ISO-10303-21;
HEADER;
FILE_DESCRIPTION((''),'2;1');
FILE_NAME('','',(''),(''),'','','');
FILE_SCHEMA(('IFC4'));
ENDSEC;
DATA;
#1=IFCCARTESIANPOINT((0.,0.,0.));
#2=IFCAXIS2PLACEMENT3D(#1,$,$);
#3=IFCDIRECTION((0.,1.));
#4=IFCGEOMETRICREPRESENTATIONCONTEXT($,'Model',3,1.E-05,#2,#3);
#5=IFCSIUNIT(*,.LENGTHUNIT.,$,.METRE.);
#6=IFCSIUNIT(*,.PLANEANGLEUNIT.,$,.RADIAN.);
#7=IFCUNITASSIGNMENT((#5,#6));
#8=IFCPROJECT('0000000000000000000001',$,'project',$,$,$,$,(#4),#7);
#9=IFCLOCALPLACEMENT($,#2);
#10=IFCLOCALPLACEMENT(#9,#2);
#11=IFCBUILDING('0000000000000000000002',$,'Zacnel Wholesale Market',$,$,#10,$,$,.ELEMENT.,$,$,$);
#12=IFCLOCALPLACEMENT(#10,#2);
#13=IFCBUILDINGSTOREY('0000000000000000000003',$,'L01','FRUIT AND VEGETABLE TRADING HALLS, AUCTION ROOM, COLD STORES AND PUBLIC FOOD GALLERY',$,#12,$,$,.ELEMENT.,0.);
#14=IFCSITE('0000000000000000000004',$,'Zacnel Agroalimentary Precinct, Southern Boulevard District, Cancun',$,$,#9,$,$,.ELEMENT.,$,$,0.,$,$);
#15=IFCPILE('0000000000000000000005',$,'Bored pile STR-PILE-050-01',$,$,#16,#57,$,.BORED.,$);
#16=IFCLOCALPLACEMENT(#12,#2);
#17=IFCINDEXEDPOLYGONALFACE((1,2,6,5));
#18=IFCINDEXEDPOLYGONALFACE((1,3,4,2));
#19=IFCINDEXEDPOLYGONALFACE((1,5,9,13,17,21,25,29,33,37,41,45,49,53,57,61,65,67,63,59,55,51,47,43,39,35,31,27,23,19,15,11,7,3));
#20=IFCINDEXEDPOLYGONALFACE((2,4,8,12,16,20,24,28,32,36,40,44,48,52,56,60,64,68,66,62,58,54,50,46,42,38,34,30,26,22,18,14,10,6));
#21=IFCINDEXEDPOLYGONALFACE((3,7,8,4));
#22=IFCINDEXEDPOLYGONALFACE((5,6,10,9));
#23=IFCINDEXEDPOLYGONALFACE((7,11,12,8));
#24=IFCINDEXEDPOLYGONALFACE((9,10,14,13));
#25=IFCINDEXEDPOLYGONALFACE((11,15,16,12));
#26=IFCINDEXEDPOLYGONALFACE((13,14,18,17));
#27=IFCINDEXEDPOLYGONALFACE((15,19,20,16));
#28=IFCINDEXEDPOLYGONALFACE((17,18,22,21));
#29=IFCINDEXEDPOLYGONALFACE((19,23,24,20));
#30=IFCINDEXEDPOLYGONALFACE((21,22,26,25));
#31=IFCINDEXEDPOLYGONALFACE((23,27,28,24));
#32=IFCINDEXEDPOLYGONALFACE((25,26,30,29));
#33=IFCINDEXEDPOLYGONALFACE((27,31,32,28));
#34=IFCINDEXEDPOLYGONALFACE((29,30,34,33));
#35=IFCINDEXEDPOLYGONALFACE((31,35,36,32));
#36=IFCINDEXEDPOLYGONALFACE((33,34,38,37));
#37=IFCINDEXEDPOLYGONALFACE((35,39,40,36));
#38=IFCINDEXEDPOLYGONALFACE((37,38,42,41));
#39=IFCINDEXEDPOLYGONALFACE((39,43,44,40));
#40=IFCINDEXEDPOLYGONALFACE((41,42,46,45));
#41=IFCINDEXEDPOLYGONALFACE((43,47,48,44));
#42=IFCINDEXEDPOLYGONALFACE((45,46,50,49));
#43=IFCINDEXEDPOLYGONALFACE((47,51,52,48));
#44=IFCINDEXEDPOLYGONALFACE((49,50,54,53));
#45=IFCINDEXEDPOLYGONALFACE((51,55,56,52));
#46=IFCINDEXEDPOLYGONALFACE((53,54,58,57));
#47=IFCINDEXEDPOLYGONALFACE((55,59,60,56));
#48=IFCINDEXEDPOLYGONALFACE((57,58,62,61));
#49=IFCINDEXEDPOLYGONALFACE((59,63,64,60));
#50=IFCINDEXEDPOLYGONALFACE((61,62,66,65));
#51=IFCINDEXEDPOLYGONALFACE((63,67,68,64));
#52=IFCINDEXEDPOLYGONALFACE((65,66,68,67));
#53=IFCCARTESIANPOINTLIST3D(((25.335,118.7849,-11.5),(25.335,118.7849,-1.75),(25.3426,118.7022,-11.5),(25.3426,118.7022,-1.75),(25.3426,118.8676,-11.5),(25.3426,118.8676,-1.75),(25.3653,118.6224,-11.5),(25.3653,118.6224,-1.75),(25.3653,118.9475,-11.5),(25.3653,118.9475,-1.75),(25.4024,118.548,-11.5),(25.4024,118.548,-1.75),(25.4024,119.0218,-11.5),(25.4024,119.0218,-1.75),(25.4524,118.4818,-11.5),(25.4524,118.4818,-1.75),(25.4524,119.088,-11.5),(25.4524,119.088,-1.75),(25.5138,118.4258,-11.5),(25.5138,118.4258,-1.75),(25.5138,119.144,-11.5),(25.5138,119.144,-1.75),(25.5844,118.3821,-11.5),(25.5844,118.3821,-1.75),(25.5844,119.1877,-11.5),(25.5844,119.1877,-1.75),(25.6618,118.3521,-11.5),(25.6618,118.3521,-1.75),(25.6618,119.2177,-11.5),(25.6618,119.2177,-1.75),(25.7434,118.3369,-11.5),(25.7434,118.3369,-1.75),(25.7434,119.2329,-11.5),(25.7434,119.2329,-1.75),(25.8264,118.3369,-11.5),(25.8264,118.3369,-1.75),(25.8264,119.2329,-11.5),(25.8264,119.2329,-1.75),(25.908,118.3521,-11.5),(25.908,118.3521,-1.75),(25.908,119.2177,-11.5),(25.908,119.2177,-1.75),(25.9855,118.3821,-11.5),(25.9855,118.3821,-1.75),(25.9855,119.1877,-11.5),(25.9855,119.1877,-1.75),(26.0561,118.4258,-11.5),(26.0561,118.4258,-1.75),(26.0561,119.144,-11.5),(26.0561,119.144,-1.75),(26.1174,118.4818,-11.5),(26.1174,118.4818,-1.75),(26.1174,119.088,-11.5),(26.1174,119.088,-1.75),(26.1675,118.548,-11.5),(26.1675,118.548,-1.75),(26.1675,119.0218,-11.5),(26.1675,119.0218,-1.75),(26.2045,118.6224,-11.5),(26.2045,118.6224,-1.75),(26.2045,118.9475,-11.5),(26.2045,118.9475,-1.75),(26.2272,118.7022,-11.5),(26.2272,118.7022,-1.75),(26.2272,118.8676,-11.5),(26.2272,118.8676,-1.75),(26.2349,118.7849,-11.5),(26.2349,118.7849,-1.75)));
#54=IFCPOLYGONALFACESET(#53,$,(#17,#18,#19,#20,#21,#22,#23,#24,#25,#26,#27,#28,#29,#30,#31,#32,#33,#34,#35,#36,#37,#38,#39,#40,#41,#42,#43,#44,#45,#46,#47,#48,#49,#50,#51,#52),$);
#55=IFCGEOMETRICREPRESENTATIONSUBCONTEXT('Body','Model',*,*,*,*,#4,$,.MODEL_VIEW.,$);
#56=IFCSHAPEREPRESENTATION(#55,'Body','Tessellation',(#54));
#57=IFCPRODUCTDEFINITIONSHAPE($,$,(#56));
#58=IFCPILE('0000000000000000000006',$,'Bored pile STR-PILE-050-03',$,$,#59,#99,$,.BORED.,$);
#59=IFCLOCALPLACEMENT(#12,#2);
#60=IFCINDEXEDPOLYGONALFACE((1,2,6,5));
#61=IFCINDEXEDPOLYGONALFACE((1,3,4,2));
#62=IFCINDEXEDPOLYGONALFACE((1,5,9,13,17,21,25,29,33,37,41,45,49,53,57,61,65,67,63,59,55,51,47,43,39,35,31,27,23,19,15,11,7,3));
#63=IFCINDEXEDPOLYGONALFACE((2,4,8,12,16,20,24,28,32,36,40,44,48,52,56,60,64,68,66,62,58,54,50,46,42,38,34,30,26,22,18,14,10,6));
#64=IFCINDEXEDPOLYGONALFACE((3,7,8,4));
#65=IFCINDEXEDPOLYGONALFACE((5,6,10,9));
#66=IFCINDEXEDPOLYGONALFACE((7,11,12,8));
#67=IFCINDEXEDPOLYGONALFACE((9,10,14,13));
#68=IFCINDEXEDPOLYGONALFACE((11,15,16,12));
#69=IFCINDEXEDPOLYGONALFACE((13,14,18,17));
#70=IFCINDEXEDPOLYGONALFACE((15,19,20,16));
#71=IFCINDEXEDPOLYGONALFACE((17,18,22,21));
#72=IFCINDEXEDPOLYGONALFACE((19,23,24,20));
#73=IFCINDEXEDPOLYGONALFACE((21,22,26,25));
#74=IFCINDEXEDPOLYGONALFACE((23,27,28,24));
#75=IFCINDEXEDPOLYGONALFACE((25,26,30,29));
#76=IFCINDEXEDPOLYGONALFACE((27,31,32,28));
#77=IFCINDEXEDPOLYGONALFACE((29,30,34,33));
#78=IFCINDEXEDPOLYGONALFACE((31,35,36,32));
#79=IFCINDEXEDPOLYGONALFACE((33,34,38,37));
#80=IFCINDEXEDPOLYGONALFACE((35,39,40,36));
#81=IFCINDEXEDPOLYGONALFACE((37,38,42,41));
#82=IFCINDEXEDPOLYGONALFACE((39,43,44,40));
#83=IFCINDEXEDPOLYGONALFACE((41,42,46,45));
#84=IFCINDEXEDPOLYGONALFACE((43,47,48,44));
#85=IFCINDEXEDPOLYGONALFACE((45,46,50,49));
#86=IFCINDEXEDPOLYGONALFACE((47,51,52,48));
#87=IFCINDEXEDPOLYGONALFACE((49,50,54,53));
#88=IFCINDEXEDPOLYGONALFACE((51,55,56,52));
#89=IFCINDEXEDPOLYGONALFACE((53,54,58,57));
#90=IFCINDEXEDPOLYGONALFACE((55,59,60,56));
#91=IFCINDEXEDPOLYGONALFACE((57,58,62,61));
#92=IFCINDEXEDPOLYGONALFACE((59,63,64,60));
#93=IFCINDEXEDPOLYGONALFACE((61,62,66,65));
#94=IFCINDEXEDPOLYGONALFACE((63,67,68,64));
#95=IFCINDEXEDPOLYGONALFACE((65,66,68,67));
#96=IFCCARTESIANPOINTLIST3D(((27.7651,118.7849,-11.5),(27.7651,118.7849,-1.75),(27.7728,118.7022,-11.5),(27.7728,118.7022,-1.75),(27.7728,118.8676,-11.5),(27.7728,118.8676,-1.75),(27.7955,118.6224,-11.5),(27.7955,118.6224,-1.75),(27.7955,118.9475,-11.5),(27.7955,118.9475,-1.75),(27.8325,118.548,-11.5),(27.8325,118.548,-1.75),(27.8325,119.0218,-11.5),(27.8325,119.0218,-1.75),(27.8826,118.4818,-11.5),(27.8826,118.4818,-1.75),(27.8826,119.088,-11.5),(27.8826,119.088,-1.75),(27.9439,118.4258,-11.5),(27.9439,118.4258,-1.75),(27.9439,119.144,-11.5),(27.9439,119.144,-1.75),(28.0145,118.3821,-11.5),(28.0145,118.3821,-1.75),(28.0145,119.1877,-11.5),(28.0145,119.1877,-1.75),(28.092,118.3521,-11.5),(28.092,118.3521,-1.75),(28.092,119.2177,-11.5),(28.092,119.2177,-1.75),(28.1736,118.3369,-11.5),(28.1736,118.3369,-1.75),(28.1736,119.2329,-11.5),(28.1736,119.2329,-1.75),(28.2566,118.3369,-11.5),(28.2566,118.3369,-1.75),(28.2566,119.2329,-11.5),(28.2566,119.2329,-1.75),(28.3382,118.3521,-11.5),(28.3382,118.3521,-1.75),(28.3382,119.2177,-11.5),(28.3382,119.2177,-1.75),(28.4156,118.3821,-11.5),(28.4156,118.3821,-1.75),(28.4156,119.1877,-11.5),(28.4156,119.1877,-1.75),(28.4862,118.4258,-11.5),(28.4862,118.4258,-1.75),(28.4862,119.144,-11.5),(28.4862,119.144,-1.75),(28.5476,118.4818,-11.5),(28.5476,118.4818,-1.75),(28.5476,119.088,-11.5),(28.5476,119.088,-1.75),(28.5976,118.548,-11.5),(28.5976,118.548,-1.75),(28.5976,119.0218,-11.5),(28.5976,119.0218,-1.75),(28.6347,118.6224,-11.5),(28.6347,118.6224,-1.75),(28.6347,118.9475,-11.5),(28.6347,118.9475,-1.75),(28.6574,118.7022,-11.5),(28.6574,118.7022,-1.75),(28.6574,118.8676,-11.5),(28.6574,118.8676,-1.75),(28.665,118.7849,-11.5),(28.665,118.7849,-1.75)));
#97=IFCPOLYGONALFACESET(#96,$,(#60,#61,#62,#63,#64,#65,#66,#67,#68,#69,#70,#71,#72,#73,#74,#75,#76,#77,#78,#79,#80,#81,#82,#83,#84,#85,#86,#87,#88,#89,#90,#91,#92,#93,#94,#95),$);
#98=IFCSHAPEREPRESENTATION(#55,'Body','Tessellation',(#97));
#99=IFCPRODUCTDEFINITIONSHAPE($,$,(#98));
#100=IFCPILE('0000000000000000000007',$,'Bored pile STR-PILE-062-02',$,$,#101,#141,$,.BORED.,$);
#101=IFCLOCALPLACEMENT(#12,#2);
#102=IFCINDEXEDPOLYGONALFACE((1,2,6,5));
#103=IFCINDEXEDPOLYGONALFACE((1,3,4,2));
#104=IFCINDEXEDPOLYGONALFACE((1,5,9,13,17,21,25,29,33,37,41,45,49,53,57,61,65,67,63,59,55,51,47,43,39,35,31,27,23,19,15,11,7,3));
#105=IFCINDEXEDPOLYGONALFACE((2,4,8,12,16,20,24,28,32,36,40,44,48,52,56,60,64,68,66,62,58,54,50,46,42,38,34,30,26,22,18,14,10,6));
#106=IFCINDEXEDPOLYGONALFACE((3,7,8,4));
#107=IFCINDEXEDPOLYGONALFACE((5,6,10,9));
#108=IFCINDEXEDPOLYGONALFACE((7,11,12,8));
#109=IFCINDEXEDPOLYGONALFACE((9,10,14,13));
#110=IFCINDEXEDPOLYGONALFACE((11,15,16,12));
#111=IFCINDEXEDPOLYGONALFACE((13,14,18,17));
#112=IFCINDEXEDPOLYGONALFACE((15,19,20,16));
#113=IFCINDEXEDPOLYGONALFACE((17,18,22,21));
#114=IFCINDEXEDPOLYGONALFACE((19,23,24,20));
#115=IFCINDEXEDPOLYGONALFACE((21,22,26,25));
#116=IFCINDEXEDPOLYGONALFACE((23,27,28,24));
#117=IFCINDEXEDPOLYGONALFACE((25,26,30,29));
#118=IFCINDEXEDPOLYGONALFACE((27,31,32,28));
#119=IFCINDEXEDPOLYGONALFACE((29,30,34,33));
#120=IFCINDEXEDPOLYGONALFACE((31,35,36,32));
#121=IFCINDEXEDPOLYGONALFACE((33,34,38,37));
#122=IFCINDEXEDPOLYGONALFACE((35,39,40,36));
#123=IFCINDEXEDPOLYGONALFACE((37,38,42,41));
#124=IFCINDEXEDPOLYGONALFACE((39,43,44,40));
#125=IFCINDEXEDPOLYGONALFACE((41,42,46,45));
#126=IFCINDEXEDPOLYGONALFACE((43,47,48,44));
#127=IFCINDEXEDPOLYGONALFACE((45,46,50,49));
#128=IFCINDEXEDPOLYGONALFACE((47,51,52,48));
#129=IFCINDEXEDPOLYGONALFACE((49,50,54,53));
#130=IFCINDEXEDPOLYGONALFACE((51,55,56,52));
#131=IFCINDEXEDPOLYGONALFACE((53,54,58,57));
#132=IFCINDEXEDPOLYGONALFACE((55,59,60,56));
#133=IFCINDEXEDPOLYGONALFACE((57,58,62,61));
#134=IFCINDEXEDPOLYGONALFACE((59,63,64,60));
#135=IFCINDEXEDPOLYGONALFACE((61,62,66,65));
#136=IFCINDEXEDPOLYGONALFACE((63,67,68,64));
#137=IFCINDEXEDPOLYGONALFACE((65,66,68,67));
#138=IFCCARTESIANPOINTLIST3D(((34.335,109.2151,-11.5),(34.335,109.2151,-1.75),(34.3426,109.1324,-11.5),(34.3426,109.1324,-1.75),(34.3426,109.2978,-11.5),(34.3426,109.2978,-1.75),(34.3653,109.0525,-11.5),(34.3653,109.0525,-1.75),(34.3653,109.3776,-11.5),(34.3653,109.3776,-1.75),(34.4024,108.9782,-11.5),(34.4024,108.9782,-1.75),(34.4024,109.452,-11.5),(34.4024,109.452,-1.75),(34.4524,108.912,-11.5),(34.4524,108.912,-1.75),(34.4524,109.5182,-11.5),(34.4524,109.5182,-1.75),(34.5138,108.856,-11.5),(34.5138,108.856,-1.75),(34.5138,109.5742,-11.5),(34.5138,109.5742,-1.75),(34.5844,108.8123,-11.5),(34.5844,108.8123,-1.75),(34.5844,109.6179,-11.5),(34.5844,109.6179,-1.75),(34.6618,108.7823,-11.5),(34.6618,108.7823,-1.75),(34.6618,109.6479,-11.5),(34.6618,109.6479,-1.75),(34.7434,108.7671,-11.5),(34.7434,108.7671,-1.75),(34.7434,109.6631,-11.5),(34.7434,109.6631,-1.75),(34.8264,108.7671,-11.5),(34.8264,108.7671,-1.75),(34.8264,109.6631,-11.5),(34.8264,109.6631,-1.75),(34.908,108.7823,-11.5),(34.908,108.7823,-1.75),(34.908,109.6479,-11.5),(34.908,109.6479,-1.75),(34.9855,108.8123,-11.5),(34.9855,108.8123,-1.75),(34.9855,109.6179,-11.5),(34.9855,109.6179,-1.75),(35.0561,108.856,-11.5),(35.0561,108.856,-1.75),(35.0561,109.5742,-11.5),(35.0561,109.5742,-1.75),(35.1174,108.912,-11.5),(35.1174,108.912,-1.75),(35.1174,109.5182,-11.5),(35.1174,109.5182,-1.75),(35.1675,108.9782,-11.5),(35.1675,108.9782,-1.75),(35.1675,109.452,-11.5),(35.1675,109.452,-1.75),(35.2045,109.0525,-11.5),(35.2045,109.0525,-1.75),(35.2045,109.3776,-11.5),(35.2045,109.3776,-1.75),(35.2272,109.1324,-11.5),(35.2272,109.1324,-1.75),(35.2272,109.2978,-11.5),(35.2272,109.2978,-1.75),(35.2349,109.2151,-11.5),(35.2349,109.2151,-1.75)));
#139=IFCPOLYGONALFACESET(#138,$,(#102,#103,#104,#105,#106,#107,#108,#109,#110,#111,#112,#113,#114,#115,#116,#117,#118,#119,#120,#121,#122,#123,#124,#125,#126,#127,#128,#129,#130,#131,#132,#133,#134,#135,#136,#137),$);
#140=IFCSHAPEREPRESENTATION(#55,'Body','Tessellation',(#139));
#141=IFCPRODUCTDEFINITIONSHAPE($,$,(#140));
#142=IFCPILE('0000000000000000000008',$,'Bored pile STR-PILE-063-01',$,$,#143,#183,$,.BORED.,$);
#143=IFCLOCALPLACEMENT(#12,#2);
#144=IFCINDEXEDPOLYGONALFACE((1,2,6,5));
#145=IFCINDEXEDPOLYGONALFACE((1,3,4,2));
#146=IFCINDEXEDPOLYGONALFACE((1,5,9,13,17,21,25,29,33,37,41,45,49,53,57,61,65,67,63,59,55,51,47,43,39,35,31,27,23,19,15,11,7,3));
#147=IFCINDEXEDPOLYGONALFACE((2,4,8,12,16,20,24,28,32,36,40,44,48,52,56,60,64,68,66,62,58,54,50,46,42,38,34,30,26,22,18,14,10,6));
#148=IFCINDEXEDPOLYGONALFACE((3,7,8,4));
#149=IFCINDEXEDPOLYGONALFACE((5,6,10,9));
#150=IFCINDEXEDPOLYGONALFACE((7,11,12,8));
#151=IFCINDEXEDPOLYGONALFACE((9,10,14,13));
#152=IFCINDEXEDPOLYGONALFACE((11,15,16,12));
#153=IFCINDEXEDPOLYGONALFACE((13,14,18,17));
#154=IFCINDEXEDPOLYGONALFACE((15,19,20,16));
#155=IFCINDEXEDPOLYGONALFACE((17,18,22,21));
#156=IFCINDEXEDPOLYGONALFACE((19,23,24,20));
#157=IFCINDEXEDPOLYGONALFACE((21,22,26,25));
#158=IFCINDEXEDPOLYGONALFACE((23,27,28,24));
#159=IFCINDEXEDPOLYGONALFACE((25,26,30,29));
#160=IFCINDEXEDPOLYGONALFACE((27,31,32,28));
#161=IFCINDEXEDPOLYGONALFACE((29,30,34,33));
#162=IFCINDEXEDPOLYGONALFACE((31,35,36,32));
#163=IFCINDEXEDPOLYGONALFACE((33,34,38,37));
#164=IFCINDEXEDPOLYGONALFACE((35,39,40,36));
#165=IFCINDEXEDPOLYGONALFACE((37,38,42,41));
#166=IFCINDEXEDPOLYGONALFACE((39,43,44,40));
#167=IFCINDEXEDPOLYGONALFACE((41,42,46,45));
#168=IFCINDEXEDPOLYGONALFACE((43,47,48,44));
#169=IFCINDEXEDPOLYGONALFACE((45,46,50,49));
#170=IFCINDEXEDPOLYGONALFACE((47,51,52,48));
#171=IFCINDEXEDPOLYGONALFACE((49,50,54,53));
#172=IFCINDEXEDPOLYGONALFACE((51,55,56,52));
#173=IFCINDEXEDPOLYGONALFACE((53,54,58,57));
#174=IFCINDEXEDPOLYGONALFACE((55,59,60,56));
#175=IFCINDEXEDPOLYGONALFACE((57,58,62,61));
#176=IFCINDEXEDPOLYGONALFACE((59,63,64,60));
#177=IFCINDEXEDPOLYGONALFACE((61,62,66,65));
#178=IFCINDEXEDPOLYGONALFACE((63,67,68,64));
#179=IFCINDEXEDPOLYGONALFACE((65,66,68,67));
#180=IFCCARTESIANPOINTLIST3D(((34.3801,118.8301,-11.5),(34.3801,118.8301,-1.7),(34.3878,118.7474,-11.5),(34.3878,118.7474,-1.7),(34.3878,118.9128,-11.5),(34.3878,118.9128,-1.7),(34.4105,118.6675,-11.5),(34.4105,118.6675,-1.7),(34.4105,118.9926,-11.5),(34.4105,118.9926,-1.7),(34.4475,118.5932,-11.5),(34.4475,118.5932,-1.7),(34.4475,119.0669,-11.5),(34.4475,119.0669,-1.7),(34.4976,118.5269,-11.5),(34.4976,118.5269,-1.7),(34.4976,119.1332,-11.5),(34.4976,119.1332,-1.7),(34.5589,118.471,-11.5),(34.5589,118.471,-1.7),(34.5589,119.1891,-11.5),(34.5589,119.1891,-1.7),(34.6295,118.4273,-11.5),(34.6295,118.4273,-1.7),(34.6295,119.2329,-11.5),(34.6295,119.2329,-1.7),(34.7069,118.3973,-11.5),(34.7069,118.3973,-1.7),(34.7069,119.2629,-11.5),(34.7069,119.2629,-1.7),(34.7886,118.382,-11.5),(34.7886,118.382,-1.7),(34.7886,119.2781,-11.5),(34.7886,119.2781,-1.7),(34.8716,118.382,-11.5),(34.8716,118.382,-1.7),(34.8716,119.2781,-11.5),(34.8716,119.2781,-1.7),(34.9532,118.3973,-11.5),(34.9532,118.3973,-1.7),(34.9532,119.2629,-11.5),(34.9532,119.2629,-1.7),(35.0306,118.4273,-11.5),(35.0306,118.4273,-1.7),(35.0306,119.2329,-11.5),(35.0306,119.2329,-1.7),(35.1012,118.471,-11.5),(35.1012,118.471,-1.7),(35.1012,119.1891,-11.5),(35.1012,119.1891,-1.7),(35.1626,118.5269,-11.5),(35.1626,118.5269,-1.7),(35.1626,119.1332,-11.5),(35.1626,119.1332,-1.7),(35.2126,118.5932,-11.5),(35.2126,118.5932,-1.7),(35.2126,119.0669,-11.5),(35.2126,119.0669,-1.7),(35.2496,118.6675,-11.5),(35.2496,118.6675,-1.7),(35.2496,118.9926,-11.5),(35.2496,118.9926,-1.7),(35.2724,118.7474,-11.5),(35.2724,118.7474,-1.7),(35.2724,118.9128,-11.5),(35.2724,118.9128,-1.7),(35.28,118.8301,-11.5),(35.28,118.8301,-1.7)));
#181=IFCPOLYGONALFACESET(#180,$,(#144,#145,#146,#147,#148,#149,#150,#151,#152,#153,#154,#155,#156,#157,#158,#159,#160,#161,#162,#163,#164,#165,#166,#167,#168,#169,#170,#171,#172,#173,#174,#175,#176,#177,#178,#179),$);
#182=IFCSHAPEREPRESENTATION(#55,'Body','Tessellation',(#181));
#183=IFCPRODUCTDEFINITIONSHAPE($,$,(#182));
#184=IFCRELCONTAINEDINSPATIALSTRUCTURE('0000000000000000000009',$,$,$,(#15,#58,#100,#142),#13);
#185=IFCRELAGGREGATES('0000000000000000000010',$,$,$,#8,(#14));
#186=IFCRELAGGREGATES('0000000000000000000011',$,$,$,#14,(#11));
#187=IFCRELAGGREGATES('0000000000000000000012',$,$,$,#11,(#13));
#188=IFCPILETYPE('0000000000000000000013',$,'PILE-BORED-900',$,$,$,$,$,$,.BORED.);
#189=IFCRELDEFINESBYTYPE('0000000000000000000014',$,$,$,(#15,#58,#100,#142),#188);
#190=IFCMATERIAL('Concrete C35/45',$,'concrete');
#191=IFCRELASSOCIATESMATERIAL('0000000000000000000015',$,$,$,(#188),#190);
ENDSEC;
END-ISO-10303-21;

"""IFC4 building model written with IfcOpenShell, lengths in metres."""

from ifc_helpers import new_model, si_unit, direction, frame, origin, origin_2d, place, context, subcontext, project, spatial, circle, extrude, material, material_profile, profile_set, type_object, element, save


model = new_model("IFC4")

# Units and contexts
model_context = context("Model", 3, precision=1e-05, world=origin(), true_north=direction((0.0, 1.0)))
body_context = subcontext(model_context, "Body", "Model", "MODEL_VIEW")
ifc_project = project(units=[si_unit("LENGTHUNIT", "METRE"), si_unit("PLANEANGLEUNIT", "RADIAN")], contexts=[model_context])

# Site, building, storey
site_placement = place(None, origin())
site = spatial("IfcSite", under=ifc_project, at=site_placement, Name="Zacnel Agroalimentary Precinct, Southern Boulevard District, Cancun", CompositionType="ELEMENT", RefElevation=0.0)
building_placement = place(site_placement, origin())
building = spatial("IfcBuilding", under=site, at=building_placement, Name="Zacnel Wholesale Market", CompositionType="ELEMENT")
storey_placement = place(building_placement, origin())
storey = spatial("IfcBuildingStorey", under=building, at=storey_placement, Name="L01", Description="FRUIT AND VEGETABLE TRADING HALLS, AUCTION ROOM, COLD STORES AND PUBLIC FOOD GALLERY", CompositionType="ELEMENT", Elevation=0.0)

# Piles
ifc_material_1 = material(Name="Concrete C35/45", Category="concrete")
ifc_material_profile_1 = material_profile(ifc_material_1, circle(Radius=0.45, at=origin_2d()), Name="BORED PILE D900")
ifc_profile_set_1 = profile_set([ifc_material_profile_1], Name="Concrete C35/45")
pile_type = type_object("IfcPileType", Name="PILE-BORED-900", PredefinedType="BORED", material=ifc_profile_set_1)
for number, where, z_axis, x_axis, name in (
    (1, (25.7849, 118.7849, -1.75), (0.0, 0.0, -1.0), (1.0, 0.0, 0.0), "Bored pile STR-PILE-050-01"),
    (2, (28.2151, 118.7849, -1.75), (0.0, 0.0, -1.0), (1.0, 0.0, 0.0), "Bored pile STR-PILE-050-03"),
    (3, (34.7849, 109.2151, -1.75), (0.0, 0.0, -1.0), (1.0, 0.0, 0.0), "Bored pile STR-PILE-062-02"),
):
    element("IfcPile", number, at=place(storey_placement, frame(where, z_axis=z_axis, x_axis=x_axis)), inside=storey, type_object=pile_type, Name=name, PredefinedType="BORED", context=body_context, shape_type="SweptSolid", body=[
        extrude(circle(Radius=0.45, at=origin_2d()), origin(), (0.0, 0.0, 1.0), 9.75),
    ])
for number, where, z_axis, x_axis, name in (
    (4, (34.8301, 118.8301, -1.7), (0.0, 0.0, -1.0), (1.0, 0.0, 0.0), "Bored pile STR-PILE-063-01"),
):
    element("IfcPile", number, at=place(storey_placement, frame(where, z_axis=z_axis, x_axis=x_axis)), inside=storey, type_object=pile_type, Name=name, PredefinedType="BORED", context=body_context, shape_type="SweptSolid", body=[
        extrude(circle(Radius=0.45, at=origin_2d()), origin(), (0.0, 0.0, 1.0), 9.8),
    ])

save(model, "model.ifc")
